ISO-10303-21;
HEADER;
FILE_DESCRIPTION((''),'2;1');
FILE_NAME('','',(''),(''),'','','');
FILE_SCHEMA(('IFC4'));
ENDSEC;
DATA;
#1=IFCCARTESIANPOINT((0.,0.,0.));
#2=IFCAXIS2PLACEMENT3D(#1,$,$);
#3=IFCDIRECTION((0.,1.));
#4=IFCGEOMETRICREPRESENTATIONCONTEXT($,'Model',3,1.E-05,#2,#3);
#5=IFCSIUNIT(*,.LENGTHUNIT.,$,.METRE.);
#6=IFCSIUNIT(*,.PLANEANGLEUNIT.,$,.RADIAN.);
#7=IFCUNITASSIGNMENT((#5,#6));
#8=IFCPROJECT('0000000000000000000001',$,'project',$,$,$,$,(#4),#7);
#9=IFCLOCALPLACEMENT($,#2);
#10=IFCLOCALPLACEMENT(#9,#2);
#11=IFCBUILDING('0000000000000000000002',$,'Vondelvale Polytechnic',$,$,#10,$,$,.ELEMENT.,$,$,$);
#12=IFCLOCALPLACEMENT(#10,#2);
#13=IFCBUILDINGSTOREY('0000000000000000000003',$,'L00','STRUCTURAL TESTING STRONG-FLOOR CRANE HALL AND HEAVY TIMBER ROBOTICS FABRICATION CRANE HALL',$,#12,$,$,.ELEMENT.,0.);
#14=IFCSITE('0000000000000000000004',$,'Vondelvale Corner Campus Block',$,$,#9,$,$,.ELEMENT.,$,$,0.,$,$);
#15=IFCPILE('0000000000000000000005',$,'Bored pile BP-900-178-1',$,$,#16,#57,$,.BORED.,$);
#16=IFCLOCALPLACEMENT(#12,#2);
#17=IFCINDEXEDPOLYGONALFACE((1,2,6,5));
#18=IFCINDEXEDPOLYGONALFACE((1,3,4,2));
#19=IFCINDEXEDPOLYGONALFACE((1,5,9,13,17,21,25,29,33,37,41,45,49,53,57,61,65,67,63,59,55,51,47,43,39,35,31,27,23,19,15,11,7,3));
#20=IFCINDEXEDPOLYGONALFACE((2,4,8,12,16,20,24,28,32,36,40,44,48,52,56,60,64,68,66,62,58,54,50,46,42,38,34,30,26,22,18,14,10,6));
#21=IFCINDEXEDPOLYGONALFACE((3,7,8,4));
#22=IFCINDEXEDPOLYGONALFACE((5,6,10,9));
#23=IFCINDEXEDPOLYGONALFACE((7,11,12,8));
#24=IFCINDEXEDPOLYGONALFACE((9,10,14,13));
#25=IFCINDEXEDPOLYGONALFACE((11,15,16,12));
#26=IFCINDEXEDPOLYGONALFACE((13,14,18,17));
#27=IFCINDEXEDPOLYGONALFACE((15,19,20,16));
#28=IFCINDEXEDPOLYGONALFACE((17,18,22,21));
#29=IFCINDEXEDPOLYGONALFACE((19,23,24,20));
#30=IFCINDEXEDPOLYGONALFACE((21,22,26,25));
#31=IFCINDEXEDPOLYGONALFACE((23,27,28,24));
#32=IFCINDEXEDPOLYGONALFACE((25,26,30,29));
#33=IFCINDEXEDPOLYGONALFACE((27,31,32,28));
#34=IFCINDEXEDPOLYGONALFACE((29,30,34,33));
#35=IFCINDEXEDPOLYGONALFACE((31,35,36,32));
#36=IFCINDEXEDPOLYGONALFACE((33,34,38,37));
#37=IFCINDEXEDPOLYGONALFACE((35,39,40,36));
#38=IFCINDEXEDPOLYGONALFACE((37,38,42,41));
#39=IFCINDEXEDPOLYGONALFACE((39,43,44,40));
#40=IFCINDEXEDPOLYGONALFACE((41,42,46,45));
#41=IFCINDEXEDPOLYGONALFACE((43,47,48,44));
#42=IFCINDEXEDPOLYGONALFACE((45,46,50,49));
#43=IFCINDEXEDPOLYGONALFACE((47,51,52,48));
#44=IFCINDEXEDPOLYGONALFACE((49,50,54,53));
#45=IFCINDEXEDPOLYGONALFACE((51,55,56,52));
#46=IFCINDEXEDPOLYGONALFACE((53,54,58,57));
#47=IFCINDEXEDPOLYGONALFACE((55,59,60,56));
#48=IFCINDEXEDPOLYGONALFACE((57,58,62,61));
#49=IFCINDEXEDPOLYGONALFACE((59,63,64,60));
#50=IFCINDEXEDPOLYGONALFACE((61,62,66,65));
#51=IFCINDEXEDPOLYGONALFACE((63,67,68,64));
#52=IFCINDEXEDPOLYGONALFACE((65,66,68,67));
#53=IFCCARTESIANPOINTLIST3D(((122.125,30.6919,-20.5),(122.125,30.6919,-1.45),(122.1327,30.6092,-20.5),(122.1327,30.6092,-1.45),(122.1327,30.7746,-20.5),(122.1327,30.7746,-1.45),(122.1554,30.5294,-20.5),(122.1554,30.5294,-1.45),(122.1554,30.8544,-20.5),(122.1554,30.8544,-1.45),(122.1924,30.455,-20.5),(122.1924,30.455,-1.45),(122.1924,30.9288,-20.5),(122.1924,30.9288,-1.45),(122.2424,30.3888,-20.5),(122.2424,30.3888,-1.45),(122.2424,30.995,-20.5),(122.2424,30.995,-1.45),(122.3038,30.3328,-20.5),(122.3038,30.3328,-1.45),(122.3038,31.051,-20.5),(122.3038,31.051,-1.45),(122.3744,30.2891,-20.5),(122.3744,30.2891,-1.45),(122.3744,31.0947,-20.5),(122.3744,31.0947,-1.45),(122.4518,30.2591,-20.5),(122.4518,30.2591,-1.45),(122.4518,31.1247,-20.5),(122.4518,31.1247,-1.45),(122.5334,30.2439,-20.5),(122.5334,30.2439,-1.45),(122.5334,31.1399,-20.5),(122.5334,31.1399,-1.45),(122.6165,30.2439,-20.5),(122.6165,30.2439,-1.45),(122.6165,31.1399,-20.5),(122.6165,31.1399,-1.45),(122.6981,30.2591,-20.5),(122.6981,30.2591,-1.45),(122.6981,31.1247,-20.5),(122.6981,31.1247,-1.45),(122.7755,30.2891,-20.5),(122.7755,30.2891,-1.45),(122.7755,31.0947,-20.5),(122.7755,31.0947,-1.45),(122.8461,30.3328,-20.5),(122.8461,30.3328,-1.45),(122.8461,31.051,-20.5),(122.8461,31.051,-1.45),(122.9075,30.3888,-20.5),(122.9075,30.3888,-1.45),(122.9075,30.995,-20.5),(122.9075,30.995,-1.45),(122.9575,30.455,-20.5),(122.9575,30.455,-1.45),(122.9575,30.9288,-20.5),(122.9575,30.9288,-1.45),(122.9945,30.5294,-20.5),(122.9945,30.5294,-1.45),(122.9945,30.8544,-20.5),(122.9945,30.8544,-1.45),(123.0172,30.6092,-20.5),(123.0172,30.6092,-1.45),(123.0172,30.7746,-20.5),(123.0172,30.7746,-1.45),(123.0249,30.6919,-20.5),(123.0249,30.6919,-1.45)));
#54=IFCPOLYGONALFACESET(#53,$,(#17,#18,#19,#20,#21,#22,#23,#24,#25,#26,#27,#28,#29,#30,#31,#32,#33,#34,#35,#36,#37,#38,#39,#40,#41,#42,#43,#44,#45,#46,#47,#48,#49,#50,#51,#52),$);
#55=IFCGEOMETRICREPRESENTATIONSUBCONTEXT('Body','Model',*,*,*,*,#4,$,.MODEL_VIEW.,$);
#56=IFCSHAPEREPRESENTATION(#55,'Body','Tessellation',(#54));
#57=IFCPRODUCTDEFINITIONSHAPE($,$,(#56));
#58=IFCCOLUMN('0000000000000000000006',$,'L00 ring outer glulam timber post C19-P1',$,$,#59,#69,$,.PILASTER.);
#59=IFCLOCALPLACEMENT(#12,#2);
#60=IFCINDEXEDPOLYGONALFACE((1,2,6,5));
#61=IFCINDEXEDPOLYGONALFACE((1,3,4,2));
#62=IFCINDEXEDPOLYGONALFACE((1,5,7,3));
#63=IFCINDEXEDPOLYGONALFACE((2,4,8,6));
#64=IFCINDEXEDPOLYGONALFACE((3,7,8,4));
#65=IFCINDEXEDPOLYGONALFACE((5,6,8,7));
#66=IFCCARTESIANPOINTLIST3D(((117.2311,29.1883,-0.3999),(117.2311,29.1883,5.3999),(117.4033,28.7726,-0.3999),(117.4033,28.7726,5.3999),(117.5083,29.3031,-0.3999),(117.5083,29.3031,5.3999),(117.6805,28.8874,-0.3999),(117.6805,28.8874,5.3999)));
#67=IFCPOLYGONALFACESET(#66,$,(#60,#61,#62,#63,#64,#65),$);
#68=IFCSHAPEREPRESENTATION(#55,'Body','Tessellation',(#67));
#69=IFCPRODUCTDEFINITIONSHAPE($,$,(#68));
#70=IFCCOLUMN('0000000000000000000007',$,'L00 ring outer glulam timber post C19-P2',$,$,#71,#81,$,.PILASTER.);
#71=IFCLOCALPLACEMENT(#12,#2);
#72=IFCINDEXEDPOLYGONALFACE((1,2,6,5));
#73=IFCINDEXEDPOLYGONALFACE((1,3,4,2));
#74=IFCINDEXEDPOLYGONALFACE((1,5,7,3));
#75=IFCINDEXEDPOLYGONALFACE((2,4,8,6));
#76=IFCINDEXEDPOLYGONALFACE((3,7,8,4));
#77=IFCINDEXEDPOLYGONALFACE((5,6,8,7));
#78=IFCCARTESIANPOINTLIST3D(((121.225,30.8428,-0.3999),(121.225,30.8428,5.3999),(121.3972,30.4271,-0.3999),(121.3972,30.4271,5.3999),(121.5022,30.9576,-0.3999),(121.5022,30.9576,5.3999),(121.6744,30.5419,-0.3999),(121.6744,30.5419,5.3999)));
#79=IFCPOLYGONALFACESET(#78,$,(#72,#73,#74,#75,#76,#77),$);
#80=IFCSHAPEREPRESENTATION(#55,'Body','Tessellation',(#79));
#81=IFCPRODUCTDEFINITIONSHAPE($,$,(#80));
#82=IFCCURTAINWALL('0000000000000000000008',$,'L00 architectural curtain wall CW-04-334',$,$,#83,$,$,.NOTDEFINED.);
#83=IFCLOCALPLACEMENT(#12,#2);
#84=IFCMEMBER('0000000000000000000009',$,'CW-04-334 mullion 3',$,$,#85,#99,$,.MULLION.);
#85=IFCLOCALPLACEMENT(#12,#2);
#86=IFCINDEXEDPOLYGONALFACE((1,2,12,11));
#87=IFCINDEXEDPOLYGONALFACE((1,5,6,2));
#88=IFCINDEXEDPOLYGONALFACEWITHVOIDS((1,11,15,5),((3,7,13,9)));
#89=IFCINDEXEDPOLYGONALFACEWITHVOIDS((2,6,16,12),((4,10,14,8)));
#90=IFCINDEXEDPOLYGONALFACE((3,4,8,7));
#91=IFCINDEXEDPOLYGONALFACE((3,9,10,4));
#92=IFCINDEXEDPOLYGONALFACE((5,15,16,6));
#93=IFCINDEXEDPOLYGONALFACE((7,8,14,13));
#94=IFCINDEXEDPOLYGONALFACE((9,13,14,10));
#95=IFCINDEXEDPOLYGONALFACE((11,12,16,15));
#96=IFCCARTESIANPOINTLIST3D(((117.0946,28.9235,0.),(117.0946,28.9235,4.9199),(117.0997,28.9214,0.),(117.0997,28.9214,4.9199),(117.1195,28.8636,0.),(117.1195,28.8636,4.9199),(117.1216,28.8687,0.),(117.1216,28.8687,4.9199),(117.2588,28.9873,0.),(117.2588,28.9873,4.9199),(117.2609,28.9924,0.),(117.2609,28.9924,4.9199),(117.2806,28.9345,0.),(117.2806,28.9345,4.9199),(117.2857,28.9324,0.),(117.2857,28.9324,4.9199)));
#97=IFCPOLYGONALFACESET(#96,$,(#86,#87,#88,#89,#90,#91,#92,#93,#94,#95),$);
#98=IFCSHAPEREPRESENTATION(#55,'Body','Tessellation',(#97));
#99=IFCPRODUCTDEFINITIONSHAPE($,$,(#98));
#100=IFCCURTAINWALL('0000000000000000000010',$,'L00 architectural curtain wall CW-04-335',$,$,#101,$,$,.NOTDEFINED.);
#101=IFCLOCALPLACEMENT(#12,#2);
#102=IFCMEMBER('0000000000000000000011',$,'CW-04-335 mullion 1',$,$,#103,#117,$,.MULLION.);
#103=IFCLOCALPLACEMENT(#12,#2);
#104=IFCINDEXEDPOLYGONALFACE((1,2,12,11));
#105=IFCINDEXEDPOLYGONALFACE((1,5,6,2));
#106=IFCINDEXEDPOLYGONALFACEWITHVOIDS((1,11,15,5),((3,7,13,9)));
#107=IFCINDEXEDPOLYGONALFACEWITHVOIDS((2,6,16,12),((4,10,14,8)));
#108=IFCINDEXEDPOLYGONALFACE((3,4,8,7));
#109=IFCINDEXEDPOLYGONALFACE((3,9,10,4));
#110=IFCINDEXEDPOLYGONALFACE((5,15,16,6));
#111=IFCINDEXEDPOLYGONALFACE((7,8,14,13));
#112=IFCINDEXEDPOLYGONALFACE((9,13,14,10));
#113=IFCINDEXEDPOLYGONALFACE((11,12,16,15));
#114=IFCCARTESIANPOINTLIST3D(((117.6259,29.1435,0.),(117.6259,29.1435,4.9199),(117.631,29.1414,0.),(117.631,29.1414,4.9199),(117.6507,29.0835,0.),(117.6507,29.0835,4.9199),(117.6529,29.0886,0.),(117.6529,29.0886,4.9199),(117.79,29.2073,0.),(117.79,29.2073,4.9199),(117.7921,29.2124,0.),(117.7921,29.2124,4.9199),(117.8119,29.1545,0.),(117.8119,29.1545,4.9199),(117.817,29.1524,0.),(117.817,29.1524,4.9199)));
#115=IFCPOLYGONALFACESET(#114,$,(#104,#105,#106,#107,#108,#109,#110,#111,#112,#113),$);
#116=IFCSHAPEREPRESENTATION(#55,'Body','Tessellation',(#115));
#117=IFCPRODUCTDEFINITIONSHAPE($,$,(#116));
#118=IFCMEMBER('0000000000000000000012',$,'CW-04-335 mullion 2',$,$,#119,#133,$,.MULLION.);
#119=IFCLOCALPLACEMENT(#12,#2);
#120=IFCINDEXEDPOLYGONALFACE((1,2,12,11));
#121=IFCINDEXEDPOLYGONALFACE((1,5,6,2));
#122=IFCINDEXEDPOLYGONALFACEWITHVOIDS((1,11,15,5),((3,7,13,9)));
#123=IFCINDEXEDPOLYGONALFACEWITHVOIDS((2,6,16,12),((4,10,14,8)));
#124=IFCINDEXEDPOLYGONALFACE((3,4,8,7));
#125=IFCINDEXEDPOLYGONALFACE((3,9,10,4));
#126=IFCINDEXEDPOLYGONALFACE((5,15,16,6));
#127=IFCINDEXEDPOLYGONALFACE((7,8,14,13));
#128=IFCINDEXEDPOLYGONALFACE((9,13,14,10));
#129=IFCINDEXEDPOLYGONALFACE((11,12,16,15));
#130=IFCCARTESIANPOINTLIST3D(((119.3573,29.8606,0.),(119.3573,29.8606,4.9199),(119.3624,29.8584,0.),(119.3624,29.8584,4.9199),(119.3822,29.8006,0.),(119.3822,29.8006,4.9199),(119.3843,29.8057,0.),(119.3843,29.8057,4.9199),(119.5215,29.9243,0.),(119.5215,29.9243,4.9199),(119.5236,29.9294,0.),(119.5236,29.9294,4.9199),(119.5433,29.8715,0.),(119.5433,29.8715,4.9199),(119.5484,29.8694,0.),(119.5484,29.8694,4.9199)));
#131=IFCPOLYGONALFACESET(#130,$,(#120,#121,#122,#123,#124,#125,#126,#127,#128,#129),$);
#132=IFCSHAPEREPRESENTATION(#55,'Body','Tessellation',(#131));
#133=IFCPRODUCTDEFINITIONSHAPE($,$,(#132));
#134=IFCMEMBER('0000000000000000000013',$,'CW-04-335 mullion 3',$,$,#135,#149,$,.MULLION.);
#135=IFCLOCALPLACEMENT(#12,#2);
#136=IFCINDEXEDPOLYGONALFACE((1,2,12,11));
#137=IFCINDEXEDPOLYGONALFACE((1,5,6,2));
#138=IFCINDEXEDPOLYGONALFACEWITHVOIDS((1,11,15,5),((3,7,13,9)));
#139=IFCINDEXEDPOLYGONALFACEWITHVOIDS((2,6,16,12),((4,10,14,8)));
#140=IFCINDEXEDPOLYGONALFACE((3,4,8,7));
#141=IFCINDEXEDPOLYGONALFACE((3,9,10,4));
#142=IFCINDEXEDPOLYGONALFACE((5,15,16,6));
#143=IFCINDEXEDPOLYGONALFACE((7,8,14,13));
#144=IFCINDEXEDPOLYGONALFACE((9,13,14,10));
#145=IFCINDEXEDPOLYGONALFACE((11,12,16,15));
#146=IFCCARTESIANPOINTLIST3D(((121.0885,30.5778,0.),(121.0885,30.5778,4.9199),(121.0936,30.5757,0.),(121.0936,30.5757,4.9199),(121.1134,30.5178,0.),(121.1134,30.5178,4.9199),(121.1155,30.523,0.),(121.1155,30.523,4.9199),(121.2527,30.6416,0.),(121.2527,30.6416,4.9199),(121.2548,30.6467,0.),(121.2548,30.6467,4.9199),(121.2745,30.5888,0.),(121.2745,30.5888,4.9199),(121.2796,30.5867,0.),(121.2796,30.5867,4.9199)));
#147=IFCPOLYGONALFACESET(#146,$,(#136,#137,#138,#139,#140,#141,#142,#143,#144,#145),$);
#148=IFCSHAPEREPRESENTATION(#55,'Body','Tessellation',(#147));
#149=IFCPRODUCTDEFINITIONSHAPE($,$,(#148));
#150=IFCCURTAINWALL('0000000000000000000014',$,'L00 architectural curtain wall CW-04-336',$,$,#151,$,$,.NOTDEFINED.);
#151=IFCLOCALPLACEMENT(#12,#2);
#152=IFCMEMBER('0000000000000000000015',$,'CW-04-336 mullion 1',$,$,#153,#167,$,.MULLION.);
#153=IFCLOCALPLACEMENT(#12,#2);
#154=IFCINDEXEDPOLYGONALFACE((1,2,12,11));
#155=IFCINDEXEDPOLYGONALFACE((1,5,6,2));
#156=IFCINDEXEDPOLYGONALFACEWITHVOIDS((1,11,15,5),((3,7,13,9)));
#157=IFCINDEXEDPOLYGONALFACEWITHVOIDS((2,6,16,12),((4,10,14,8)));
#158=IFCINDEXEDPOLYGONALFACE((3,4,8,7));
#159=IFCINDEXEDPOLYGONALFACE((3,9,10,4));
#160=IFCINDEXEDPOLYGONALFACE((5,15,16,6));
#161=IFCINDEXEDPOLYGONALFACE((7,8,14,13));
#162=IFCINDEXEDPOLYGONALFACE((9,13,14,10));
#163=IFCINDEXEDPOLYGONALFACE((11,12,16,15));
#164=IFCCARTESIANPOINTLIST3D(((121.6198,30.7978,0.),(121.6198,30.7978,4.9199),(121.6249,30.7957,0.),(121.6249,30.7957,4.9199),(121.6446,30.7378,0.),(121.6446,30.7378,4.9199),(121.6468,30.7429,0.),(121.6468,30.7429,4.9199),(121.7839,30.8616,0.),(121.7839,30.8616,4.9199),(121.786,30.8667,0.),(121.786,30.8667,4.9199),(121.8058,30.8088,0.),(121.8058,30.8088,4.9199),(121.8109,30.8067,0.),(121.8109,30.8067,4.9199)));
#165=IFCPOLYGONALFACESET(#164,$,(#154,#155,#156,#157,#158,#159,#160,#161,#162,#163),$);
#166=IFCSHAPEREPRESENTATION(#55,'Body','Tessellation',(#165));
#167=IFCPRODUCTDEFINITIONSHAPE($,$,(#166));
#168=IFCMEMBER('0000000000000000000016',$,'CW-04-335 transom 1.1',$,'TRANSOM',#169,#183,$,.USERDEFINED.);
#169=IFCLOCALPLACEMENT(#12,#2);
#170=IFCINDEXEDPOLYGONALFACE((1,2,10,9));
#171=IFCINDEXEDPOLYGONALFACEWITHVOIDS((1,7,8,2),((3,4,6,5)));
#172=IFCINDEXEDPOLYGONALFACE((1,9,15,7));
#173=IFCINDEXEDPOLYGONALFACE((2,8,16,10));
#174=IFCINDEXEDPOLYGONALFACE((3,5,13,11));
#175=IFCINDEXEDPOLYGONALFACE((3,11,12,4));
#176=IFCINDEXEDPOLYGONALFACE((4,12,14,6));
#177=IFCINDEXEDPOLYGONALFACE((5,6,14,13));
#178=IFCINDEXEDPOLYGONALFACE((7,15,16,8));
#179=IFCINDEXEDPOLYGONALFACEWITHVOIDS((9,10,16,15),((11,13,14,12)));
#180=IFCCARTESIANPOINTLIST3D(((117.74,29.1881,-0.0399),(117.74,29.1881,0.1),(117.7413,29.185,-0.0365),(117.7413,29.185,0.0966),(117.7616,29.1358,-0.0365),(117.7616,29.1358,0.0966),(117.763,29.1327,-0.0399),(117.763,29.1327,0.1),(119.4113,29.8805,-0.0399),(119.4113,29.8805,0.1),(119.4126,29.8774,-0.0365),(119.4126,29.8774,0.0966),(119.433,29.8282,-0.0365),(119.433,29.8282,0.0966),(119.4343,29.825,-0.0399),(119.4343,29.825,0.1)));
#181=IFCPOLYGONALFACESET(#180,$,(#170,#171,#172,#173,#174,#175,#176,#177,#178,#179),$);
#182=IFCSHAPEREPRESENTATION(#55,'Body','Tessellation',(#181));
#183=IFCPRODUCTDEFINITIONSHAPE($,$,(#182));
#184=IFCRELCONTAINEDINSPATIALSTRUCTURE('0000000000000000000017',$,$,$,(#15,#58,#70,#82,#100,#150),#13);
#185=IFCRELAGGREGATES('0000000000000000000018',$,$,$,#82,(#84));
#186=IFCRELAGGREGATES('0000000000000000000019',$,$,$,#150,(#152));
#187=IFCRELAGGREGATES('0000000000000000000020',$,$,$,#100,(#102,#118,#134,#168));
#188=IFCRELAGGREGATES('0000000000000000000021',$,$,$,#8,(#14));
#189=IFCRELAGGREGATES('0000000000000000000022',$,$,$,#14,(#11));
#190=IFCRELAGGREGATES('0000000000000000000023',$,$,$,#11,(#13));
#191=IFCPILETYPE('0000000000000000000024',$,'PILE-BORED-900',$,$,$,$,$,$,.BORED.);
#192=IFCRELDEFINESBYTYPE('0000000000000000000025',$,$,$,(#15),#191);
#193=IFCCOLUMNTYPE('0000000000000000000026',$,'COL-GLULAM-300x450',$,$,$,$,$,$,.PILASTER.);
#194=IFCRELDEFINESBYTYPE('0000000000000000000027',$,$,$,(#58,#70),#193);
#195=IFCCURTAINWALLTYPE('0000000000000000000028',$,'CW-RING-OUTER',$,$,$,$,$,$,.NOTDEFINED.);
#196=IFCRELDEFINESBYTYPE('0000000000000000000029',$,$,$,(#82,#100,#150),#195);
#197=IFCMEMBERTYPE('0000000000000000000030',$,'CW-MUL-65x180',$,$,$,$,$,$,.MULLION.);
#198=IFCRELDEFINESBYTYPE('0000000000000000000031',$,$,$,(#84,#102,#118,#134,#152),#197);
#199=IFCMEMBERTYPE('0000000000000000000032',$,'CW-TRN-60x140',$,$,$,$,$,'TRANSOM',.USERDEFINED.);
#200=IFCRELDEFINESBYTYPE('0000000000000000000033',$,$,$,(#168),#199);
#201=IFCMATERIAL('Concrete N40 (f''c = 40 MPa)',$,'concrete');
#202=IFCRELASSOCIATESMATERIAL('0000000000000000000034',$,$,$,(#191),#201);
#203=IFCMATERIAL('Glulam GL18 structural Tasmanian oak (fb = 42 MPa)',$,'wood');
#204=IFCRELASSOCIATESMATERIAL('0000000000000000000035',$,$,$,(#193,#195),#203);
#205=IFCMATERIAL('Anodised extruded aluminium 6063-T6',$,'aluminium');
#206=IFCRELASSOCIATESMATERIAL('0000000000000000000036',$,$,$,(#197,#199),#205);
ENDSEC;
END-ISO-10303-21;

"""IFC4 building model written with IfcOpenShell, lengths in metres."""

from ifc_helpers import new_model, si_unit, direction, frame, origin, origin_2d, place, context, subcontext, project, spatial, rectangle, hollow_rectangle, circle, extrude, material, material_profile, profile_set, type_object, element, aggregate, save


model = new_model("IFC4")

# Units and contexts
model_context = context("Model", 3, precision=1e-05, world=origin(), true_north=direction((0.0, 1.0)))
body_context = subcontext(model_context, "Body", "Model", "MODEL_VIEW")
ifc_project = project(units=[si_unit("LENGTHUNIT", "METRE"), si_unit("PLANEANGLEUNIT", "RADIAN")], contexts=[model_context])

# Site, building, storey
site_placement = place(None, origin())
site = spatial("IfcSite", under=ifc_project, at=site_placement, Name="Vondelvale Corner Campus Block", CompositionType="ELEMENT", RefElevation=0.0)
building_placement = place(site_placement, origin())
building = spatial("IfcBuilding", under=site, at=building_placement, Name="Vondelvale Polytechnic", CompositionType="ELEMENT")
storey_placement = place(building_placement, origin())
storey = spatial("IfcBuildingStorey", under=building, at=storey_placement, Name="L00", Description="STRUCTURAL TESTING STRONG-FLOOR CRANE HALL AND HEAVY TIMBER ROBOTICS FABRICATION CRANE HALL", CompositionType="ELEMENT", Elevation=0.0)

# Pile
ifc_material_1 = material(Name="Concrete N40 (f'c = 40 MPa)", Category="concrete")
ifc_material_profile_1 = material_profile(ifc_material_1, circle(Radius=0.45, at=origin_2d()), Name="PILE-D900")
ifc_profile_set_1 = profile_set([ifc_material_profile_1], Name="Concrete N40 (f'c = 40 MPa)")
pile_type = type_object("IfcPileType", Name="PILE-BORED-900", PredefinedType="BORED", material=ifc_profile_set_1)
pile_placement = place(storey_placement, frame((122.575, 30.6919, -1.45), z_axis=(0.0, 0.0, -1.0), x_axis=(1.0, 0.0, 0.0)))
element("IfcPile", 1, at=pile_placement, inside=storey, type_object=pile_type, Name="Bored pile BP-900-178-1", PredefinedType="BORED", context=body_context, shape_type="SweptSolid", body=[
    extrude(circle(Radius=0.45, at=origin_2d()), origin(), (0.0, 0.0, 1.0), 19.05),
])

# Columns
ifc_material_2 = material(Name="Glulam GL18 structural Tasmanian oak (fb = 42 MPa)", Category="wood")
ifc_material_profile_2 = material_profile(ifc_material_2, rectangle(XDim=0.3, YDim=0.45, at=origin_2d()), Name="GL-POST-300x450")
ifc_profile_set_2 = profile_set([ifc_material_profile_2], Name="Glulam GL18 structural Tasmanian oak (fb = 42 MPa)")
column_type = type_object("IfcColumnType", Name="COL-GLULAM-300x450", PredefinedType="PILASTER", material=ifc_profile_set_2)
for number, where, z_axis, x_axis, name in (
    (2, (117.4558, 29.0378, -0.3999), (0.0, 0.0, 1.0), (0.92388, 0.382683, 0.0), "L00 ring outer glulam timber post C19-P1"),
    (3, (121.4497, 30.6924, -0.3999), (0.0, 0.0, 1.0), (0.92388, 0.382683, 0.0), "L00 ring outer glulam timber post C19-P2"),
):
    element("IfcColumn", number, at=place(storey_placement, frame(where, z_axis=z_axis, x_axis=x_axis)), inside=storey, type_object=column_type, Name=name, PredefinedType="PILASTER", context=body_context, shape_type="SweptSolid", body=[
        extrude(rectangle(XDim=0.3, YDim=0.45, at=origin_2d()), origin(), (0.0, 0.0, 1.0), 5.7998),
    ])

# Curtain wall, member
curtain_wall_type = type_object("IfcCurtainWallType", Name="CW-RING-OUTER", PredefinedType="NOTDEFINED", material=ifc_material_2)
curtain_wall_1_placement = place(storey_placement, origin())
curtain_wall_1 = element("IfcCurtainWall", 4, at=curtain_wall_1_placement, inside=storey, type_object=curtain_wall_type, Name="L00 architectural curtain wall CW-04-334", PredefinedType="NOTDEFINED")
ifc_material_3 = material(Name="Anodised extruded aluminium 6063-T6", Category="aluminium")
ifc_material_profile_3 = material_profile(ifc_material_3, hollow_rectangle(XDim=0.0649, YDim=0.1799, WallThickness=0.0039, at=origin_2d()), Name="CW-MUL-180x65")
ifc_profile_set_3 = profile_set([ifc_material_profile_3], Name="Anodised extruded aluminium 6063-T6")
member_type_1 = type_object("IfcMemberType", Name="CW-MUL-65x180", PredefinedType="MULLION", material=ifc_profile_set_3)
member_1_placement = place(storey_placement, frame((117.1902, 28.928, 0.0), z_axis=(0.0, 0.0, 1.0), x_axis=(-0.382679, 0.923881, 0.0)))
member_1 = element("IfcMember", 5, at=member_1_placement, type_object=member_type_1, Name="CW-04-334 mullion 3", PredefinedType="MULLION", context=body_context, shape_type="SweptSolid", body=[
    extrude(hollow_rectangle(XDim=0.0649, YDim=0.1799, WallThickness=0.0039, at=origin_2d()), origin(), (0.0, 0.0, 1.0), 4.9199),
])
aggregate(curtain_wall_1, [member_1])

# Curtain wall, members
curtain_wall_2_placement = place(storey_placement, origin())
curtain_wall_2 = element("IfcCurtainWall", 6, at=curtain_wall_2_placement, inside=storey, type_object=curtain_wall_type, Name="L00 architectural curtain wall CW-04-335", PredefinedType="NOTDEFINED")
member_2_placement = place(storey_placement, frame((117.7214, 29.1479, 0.0), z_axis=(0.0, 0.0, 1.0), x_axis=(-0.382695, 0.923875, 0.0)))
member_2 = element("IfcMember", 7, at=member_2_placement, type_object=member_type_1, Name="CW-04-335 mullion 1", PredefinedType="MULLION", context=body_context, shape_type="SweptSolid", body=[
    extrude(hollow_rectangle(XDim=0.0649, YDim=0.1799, WallThickness=0.0039, at=origin_2d()), origin(), (0.0, 0.0, 1.0), 4.9199),
])
member_3_placement = place(storey_placement, frame((119.4529, 29.865, 0.0), z_axis=(0.0, 0.0, 1.0), x_axis=(-0.382695, 0.923875, 0.0)))
member_3 = element("IfcMember", 8, at=member_3_placement, type_object=member_type_1, Name="CW-04-335 mullion 2", PredefinedType="MULLION", context=body_context, shape_type="SweptSolid", body=[
    extrude(hollow_rectangle(XDim=0.0649, YDim=0.1799, WallThickness=0.0039, at=origin_2d()), origin(), (0.0, 0.0, 1.0), 4.9199),
])
member_4_placement = place(storey_placement, frame((121.1841, 30.5823, 0.0), z_axis=(0.0, 0.0, 1.0), x_axis=(-0.382695, 0.923875, 0.0)))
member_4 = element("IfcMember", 9, at=member_4_placement, type_object=member_type_1, Name="CW-04-335 mullion 3", PredefinedType="MULLION", context=body_context, shape_type="SweptSolid", body=[
    extrude(hollow_rectangle(XDim=0.0649, YDim=0.1799, WallThickness=0.0039, at=origin_2d()), origin(), (0.0, 0.0, 1.0), 4.9199),
])

# Curtain wall, member
curtain_wall_3_placement = place(storey_placement, origin())
curtain_wall_3 = element("IfcCurtainWall", 10, at=curtain_wall_3_placement, inside=storey, type_object=curtain_wall_type, Name="L00 architectural curtain wall CW-04-336", PredefinedType="NOTDEFINED")
member_5_placement = place(storey_placement, frame((121.7153, 30.8022, 0.0), z_axis=(0.0, 0.0, 1.0), x_axis=(-0.382679, 0.923881, 0.0)))
member_5 = element("IfcMember", 11, at=member_5_placement, type_object=member_type_1, Name="CW-04-336 mullion 1", PredefinedType="MULLION", context=body_context, shape_type="SweptSolid", body=[
    extrude(hollow_rectangle(XDim=0.0649, YDim=0.1799, WallThickness=0.0039, at=origin_2d()), origin(), (0.0, 0.0, 1.0), 4.9199),
])

# Member
ifc_material_profile_4 = material_profile(ifc_material_3, hollow_rectangle(XDim=0.0601, YDim=0.1399, WallThickness=0.0034, at=origin_2d()), Name="CW-TRN-140x60")
ifc_profile_set_4 = profile_set([ifc_material_profile_4], Name="Anodised extruded aluminium 6063-T6")
member_type_2 = type_object("IfcMemberType", Name="CW-TRN-60x140", ElementType="TRANSOM", PredefinedType="USERDEFINED", material=ifc_profile_set_4)
member_6_placement = place(storey_placement, frame((117.7515, 29.1604, 0.03), z_axis=(0.923866, 0.382717, 0.0), x_axis=(-0.382717, 0.923866, 0.0)))
member_6 = element("IfcMember", 12, at=member_6_placement, type_object=member_type_2, Name="CW-04-335 transom 1.1", ObjectType="TRANSOM", PredefinedType="USERDEFINED", context=body_context, shape_type="SweptSolid", body=[
    extrude(hollow_rectangle(XDim=0.0601, YDim=0.1399, WallThickness=0.0034, at=origin_2d()), origin(), (0.0, 0.0, 1.0), 1.8091),
])
aggregate(curtain_wall_3, [member_5])

aggregate(curtain_wall_2, [member_2, member_3, member_4, member_6])

save(model, "model.ifc")
